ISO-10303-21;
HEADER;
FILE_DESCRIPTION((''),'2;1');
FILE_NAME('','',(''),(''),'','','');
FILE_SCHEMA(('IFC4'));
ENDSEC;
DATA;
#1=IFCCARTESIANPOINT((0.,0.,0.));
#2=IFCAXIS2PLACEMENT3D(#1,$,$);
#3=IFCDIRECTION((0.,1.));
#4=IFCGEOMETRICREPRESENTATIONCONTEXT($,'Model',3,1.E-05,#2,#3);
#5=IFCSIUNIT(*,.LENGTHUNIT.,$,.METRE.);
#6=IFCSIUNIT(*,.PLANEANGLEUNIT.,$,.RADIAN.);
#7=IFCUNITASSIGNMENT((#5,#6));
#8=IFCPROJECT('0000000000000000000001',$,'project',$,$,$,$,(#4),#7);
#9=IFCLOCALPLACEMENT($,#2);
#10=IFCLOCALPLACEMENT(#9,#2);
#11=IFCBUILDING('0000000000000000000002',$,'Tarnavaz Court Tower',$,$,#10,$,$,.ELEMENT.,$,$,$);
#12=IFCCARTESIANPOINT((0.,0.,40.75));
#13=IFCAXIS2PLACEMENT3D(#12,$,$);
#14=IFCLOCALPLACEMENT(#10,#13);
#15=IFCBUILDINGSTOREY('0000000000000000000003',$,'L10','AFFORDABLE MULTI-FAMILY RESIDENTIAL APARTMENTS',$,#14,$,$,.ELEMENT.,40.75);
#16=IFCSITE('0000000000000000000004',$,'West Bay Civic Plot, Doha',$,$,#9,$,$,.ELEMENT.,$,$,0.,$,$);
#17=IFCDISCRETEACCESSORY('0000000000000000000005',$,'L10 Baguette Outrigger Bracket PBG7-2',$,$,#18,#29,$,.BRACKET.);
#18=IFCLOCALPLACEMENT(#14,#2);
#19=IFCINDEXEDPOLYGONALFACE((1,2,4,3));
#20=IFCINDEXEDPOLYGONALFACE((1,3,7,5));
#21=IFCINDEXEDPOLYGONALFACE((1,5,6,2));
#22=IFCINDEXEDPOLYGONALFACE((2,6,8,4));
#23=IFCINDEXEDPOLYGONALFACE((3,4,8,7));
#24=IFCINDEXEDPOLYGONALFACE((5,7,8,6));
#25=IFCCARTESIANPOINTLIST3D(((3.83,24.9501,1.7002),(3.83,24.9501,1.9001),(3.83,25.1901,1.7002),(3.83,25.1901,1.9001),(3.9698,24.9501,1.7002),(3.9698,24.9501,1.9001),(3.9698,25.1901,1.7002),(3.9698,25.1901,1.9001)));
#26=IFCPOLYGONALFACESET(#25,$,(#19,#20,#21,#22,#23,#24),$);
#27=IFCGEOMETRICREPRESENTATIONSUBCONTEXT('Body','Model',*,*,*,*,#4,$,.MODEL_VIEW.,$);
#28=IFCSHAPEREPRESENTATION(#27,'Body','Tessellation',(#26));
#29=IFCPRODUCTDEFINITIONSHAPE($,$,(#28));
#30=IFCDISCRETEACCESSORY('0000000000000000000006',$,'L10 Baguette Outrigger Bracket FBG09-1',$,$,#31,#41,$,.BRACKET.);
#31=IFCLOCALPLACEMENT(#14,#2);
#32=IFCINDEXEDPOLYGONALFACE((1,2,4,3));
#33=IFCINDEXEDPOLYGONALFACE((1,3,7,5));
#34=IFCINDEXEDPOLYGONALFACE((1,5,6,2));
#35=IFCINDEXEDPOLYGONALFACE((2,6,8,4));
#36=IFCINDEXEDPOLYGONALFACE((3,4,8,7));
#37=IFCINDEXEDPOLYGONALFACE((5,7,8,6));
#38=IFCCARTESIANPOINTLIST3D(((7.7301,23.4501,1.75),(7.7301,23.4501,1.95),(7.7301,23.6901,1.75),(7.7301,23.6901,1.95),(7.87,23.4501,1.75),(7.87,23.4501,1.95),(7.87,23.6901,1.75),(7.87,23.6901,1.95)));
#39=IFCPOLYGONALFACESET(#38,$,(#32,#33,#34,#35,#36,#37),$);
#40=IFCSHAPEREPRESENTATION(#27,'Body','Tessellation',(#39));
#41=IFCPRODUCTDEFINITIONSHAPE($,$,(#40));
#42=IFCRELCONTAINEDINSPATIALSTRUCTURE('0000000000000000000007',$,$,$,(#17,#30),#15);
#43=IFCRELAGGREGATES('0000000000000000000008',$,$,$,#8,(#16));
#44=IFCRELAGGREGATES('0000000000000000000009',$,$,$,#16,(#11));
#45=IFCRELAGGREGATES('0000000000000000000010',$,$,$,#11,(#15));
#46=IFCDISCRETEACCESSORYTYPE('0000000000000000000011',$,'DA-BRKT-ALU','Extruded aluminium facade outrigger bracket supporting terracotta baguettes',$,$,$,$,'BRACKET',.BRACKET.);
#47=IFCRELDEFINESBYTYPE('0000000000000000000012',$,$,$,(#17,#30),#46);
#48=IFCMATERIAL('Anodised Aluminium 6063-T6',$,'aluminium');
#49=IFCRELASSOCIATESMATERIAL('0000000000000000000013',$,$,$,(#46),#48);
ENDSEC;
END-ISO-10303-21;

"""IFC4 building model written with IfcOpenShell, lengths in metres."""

from ifc_helpers import new_model, si_unit, direction, frame, origin, origin_2d, place, context, subcontext, project, spatial, rectangle, extrude, material, type_object, element, save


model = new_model("IFC4")

# Units and contexts
model_context = context("Model", 3, precision=1e-05, world=origin(), true_north=direction((0.0, 1.0)))
body_context = subcontext(model_context, "Body", "Model", "MODEL_VIEW")
ifc_project = project(units=[si_unit("LENGTHUNIT", "METRE"), si_unit("PLANEANGLEUNIT", "RADIAN")], contexts=[model_context])

# Site, building, storey
site_placement = place(None, origin())
site = spatial("IfcSite", under=ifc_project, at=site_placement, Name="West Bay Civic Plot, Doha", CompositionType="ELEMENT", RefElevation=0.0)
building_placement = place(site_placement, origin())
building = spatial("IfcBuilding", under=site, at=building_placement, Name="Tarnavaz Court Tower", CompositionType="ELEMENT")
storey_placement = place(building_placement, frame((0.0, 0.0, 40.75)))
storey = spatial("IfcBuildingStorey", under=building, at=storey_placement, Name="L10", Description="AFFORDABLE MULTI-FAMILY RESIDENTIAL APARTMENTS", CompositionType="ELEMENT", Elevation=40.75)

# Shared definitions
ifc_material_1 = material(Name="Anodised Aluminium 6063-T6", Category="aluminium")

# Discrete accessories
discrete_accessory_type = type_object("IfcDiscreteAccessoryType", Name="DA-BRKT-ALU", Description="Extruded aluminium facade outrigger bracket supporting terracotta baguettes", ElementType="BRACKET", PredefinedType="BRACKET", material=ifc_material_1)
for number, where, z_axis, x_axis, name in (
    (1, (3.8999, 25.0701, 1.7002), (0.0, 0.0, 1.0), (1.0, 0.0, 0.0), "L10 Baguette Outrigger Bracket PBG7-2"),
    (2, (7.8, 23.5701, 1.75), (0.0, 0.0, 1.0), (1.0, 0.0, 0.0), "L10 Baguette Outrigger Bracket FBG09-1"),
):
    element("IfcDiscreteAccessory", number, at=place(storey_placement, frame(where, z_axis=z_axis, x_axis=x_axis)), inside=storey, type_object=discrete_accessory_type, Name=name, PredefinedType="BRACKET", context=body_context, shape_type="SweptSolid", body=[
        extrude(rectangle(XDim=0.1399, YDim=0.24, at=origin_2d()), origin(), (0.0, 0.0, 1.0), 0.2),
    ])

save(model, "model.ifc")
